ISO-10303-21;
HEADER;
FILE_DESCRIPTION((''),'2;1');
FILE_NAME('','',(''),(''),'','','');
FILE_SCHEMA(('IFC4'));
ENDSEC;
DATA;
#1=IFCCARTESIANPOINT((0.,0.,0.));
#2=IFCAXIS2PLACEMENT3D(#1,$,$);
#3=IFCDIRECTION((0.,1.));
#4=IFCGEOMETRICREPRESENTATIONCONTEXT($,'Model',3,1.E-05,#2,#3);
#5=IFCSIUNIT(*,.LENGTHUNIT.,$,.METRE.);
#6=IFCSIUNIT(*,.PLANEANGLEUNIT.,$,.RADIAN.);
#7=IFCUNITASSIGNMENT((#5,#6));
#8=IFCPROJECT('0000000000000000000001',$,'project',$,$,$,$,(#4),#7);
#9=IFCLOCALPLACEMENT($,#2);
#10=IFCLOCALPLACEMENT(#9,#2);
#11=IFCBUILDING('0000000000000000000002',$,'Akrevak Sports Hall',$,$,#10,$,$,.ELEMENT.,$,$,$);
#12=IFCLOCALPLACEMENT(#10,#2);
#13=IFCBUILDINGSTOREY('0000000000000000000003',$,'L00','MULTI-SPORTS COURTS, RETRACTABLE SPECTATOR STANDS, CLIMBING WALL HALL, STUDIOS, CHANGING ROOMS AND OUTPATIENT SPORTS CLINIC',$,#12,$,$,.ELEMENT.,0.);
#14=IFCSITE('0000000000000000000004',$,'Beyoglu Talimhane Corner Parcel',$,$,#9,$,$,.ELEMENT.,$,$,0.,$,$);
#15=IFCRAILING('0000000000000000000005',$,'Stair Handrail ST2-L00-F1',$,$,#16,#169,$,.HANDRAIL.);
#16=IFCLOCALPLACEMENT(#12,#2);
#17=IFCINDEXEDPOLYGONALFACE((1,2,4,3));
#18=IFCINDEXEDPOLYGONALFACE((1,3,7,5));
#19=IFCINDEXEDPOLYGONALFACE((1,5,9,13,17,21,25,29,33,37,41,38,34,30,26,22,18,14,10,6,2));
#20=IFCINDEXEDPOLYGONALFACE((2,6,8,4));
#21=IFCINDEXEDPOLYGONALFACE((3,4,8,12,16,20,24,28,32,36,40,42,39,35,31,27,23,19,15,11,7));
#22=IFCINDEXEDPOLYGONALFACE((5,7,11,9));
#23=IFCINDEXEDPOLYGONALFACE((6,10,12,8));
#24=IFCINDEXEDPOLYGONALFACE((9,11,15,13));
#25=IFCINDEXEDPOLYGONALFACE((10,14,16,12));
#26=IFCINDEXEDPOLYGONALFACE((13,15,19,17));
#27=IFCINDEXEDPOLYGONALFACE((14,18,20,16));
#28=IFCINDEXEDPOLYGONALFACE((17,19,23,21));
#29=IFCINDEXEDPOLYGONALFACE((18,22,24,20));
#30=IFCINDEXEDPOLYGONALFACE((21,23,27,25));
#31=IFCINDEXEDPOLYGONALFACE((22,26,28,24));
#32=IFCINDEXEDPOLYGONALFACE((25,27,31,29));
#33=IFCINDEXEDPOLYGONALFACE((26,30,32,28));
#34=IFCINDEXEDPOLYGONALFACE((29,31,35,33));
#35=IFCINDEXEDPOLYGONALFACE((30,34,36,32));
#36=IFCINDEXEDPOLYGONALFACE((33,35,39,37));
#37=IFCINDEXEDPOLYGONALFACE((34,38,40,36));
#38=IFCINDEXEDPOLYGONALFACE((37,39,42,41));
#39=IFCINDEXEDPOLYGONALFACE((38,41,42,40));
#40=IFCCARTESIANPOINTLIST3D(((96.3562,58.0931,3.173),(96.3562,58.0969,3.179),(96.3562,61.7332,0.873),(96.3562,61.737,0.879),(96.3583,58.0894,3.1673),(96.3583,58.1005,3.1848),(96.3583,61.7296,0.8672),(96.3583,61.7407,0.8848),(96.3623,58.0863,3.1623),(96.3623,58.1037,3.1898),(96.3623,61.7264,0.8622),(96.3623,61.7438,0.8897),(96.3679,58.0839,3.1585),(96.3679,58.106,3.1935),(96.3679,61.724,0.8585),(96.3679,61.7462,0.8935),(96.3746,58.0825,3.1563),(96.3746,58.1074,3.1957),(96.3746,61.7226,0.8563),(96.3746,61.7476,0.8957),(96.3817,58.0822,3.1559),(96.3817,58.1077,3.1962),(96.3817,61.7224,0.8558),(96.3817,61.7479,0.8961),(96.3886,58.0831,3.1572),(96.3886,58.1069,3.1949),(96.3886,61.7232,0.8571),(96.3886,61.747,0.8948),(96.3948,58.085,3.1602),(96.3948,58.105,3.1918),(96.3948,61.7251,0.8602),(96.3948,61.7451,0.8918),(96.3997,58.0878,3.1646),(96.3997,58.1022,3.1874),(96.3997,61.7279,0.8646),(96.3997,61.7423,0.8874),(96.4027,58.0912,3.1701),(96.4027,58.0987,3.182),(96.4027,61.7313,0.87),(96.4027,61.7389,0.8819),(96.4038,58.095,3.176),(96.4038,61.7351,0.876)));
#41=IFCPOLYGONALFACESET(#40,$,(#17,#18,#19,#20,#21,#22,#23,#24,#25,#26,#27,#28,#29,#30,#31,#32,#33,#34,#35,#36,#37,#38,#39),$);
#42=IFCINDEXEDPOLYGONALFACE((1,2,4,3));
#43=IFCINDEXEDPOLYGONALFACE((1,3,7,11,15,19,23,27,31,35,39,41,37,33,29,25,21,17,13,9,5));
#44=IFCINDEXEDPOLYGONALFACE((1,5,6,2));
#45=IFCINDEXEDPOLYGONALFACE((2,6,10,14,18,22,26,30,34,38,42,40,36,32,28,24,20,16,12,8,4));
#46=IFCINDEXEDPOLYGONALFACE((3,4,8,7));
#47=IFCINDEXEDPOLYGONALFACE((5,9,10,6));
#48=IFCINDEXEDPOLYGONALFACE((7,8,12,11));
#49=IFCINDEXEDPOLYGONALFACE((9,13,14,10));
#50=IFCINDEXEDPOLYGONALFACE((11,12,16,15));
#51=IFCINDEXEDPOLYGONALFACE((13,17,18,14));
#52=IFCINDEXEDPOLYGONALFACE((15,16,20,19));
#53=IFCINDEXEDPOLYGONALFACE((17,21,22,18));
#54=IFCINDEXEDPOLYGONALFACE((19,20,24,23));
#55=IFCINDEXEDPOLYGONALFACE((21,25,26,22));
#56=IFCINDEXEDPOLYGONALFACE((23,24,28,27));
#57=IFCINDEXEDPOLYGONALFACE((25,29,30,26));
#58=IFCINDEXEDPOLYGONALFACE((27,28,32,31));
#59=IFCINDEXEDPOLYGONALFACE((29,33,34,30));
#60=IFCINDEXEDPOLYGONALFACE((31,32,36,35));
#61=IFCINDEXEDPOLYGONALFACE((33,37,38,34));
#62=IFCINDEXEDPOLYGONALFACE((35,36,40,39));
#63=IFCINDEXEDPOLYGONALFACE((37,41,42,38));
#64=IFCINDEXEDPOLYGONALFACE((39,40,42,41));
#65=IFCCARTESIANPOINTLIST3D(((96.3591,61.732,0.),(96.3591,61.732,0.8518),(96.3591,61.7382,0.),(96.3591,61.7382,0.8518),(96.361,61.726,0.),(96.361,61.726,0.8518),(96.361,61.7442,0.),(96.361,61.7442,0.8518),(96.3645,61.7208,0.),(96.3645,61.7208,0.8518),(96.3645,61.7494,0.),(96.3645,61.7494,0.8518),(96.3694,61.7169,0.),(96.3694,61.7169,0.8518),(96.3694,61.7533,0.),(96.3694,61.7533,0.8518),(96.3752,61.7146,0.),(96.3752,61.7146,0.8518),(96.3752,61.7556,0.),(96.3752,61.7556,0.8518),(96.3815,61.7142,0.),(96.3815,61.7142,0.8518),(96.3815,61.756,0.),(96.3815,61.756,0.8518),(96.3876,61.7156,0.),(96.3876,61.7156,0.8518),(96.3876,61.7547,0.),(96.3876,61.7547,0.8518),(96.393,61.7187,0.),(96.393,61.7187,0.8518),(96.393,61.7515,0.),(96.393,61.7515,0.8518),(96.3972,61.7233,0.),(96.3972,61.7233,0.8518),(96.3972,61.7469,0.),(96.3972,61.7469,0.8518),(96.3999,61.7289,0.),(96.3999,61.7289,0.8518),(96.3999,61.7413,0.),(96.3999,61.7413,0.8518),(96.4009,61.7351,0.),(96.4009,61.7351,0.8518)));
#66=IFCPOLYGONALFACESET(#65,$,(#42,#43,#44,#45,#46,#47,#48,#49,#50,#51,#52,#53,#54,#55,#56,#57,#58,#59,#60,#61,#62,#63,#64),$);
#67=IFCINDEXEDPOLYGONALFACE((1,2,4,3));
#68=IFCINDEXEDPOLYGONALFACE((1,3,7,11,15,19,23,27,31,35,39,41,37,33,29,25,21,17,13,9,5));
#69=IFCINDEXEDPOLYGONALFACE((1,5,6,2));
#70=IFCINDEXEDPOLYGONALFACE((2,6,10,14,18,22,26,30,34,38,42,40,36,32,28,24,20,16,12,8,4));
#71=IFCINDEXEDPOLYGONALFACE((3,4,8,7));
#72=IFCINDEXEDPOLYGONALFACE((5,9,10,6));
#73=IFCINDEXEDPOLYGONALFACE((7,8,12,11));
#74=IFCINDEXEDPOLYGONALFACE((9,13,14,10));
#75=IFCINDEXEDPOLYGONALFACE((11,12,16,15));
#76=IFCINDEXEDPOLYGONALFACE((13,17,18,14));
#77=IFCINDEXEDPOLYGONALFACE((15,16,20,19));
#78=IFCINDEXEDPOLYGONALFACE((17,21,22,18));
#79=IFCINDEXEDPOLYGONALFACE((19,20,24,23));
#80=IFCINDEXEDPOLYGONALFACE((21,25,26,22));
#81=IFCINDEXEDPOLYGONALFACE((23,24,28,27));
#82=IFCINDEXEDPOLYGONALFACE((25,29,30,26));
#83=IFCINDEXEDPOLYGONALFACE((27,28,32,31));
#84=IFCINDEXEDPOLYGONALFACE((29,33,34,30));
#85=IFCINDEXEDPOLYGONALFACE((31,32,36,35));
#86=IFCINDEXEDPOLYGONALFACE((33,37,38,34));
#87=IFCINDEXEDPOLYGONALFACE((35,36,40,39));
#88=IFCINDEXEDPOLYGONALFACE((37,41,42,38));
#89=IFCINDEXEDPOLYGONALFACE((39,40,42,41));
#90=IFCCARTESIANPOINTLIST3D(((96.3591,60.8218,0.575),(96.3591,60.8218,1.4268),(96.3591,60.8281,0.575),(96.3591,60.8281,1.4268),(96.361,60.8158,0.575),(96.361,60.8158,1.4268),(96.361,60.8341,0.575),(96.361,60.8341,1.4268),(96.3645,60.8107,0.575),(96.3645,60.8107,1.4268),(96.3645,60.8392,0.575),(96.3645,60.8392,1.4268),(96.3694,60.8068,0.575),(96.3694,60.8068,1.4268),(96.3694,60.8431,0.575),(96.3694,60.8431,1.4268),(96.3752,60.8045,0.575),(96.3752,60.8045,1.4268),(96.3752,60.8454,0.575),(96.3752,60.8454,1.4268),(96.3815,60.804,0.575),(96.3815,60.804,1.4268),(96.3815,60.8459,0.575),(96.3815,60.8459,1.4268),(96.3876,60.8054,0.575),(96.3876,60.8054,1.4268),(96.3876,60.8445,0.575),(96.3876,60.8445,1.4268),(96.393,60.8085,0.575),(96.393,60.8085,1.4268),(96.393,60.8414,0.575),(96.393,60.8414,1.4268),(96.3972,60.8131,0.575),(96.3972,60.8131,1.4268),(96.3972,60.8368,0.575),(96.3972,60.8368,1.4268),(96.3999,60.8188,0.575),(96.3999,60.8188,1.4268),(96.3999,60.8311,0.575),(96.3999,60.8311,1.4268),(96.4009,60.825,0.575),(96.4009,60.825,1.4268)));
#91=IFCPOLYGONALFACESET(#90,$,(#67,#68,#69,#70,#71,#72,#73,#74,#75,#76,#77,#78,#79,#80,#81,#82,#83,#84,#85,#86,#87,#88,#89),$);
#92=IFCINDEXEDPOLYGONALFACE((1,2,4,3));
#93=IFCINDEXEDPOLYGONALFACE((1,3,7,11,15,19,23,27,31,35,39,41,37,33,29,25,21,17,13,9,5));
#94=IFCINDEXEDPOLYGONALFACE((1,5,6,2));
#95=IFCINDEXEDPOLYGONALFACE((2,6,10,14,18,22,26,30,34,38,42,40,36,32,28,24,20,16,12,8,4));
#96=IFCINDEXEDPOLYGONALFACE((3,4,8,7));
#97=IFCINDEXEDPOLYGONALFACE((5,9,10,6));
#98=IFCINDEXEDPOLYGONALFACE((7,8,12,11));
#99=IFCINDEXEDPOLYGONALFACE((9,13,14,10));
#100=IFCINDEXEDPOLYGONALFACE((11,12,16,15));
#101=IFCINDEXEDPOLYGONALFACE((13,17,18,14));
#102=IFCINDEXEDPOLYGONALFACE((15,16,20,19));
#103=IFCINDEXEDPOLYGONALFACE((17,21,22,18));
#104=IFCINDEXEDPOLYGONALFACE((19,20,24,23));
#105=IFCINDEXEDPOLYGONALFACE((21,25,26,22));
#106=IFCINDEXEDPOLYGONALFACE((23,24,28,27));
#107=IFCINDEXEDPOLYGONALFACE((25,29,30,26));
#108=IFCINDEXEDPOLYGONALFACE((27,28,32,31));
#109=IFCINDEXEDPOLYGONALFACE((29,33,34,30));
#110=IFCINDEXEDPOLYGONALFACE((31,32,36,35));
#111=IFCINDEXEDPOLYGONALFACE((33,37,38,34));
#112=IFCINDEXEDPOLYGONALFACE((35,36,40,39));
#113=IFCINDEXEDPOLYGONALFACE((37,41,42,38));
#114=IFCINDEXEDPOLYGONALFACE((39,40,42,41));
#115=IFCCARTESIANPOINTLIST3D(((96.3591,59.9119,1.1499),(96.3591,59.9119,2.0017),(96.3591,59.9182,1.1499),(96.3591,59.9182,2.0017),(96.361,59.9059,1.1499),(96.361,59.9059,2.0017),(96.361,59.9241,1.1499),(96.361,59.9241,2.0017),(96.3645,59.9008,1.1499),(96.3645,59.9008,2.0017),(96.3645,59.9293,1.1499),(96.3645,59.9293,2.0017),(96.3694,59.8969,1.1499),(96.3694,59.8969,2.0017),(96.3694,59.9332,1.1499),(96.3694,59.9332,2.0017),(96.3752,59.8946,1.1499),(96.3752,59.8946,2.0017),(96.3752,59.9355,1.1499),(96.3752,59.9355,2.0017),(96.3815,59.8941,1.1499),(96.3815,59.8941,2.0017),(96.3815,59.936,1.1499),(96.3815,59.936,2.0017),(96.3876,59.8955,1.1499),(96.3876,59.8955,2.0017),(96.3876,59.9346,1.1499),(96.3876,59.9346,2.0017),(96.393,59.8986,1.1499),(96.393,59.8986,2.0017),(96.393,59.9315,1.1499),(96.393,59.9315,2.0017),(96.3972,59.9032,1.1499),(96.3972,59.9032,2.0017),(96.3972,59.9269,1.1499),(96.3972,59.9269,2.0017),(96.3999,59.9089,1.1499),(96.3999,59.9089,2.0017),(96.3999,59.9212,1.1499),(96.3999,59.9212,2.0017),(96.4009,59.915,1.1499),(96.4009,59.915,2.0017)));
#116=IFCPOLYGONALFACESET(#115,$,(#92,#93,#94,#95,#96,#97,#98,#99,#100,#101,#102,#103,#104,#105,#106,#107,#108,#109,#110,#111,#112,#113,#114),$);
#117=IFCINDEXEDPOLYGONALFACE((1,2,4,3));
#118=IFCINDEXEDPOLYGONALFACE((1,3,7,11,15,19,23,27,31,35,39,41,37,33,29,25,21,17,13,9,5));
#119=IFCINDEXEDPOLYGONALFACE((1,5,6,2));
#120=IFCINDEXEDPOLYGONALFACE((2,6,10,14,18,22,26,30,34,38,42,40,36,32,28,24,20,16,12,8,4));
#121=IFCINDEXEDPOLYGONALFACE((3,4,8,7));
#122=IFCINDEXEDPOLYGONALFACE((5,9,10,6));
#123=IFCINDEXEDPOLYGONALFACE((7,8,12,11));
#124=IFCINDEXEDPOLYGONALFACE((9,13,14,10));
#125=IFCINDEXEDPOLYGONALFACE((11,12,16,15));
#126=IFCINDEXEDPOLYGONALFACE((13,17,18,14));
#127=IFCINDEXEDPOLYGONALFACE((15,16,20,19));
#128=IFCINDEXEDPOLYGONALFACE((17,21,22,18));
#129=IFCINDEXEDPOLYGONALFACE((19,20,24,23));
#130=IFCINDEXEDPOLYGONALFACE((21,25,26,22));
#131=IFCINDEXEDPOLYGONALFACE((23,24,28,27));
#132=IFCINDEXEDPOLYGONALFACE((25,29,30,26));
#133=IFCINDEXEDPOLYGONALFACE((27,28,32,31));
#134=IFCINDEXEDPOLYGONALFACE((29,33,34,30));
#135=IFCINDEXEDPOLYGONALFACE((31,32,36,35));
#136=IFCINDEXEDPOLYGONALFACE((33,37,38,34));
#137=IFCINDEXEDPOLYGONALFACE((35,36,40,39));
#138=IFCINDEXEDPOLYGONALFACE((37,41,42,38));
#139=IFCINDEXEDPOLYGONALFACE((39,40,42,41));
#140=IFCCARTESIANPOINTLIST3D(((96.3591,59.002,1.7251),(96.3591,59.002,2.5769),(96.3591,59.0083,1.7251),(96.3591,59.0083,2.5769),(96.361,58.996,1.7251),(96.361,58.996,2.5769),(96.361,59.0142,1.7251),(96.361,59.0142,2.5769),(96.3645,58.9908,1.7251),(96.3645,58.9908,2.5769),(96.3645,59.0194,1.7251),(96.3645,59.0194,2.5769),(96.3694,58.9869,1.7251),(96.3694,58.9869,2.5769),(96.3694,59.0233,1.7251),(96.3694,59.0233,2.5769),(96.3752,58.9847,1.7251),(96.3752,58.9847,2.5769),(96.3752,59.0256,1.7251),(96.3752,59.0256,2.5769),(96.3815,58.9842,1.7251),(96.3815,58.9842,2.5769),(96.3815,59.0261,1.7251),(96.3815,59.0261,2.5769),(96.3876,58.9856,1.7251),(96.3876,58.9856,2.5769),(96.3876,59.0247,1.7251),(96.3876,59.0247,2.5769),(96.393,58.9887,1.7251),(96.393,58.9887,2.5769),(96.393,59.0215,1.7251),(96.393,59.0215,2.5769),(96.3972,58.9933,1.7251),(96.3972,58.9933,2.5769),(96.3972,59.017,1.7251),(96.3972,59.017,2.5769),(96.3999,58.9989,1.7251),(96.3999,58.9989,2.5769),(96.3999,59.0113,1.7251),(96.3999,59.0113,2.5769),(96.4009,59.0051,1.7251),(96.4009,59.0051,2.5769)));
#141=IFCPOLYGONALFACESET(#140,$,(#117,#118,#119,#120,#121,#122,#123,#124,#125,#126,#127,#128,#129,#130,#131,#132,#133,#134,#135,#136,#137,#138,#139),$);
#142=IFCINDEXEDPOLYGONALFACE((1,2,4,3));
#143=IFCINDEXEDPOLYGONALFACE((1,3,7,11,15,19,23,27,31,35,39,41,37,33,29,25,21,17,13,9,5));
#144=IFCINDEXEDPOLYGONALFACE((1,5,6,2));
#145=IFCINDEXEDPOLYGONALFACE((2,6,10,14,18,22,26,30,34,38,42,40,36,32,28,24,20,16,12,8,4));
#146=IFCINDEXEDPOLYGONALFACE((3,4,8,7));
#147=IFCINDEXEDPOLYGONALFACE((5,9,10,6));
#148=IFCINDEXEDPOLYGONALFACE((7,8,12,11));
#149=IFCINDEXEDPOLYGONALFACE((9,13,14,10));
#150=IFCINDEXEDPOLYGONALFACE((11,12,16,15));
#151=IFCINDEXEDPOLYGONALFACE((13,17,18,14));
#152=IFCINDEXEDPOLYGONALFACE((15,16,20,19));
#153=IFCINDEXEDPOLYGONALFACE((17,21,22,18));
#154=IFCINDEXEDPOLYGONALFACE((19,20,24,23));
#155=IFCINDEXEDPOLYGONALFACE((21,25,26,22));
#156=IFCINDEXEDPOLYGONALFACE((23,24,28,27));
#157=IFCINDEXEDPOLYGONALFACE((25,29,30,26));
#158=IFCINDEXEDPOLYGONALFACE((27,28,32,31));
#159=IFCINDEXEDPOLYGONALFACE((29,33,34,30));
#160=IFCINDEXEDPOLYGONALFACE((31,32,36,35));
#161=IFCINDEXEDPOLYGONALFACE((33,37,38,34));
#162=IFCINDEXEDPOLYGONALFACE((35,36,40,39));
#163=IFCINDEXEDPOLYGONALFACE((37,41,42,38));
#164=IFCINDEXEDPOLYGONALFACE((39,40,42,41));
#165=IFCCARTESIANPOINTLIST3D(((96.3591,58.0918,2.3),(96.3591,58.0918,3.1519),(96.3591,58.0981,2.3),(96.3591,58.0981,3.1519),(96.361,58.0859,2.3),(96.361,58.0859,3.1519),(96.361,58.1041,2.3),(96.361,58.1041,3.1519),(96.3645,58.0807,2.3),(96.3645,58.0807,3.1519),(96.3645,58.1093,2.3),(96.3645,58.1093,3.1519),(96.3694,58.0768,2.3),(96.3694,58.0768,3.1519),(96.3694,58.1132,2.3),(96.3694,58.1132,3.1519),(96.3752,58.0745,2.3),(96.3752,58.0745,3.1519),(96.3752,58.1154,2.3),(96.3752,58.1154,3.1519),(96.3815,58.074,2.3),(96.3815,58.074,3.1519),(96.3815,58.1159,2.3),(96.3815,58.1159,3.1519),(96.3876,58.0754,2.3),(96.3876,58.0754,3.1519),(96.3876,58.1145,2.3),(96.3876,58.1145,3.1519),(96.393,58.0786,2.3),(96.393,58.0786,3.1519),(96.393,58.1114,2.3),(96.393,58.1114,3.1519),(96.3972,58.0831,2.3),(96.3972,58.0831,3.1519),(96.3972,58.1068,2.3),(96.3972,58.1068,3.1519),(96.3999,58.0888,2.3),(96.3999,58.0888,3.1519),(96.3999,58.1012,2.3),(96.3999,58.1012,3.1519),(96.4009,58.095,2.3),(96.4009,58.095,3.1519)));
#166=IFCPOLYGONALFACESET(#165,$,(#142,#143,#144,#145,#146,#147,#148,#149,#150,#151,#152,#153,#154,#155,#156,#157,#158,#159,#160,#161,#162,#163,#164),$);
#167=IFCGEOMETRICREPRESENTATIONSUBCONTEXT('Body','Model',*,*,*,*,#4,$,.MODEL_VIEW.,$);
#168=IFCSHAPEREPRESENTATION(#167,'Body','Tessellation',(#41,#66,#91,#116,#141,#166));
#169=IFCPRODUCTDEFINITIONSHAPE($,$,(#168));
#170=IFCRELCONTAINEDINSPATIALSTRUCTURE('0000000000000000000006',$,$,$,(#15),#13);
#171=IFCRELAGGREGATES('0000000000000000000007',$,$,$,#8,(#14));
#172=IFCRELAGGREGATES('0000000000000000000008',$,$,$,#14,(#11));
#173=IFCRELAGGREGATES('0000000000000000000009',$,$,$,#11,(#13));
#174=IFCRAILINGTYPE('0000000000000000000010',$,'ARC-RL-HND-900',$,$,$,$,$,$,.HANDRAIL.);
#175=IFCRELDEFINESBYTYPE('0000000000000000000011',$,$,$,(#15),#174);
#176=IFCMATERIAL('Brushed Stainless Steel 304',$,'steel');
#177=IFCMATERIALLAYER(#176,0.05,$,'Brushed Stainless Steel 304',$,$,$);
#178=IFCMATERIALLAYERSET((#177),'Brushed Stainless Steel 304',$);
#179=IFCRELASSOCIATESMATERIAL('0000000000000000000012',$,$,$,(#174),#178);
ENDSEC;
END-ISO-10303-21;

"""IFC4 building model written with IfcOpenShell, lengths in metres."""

from ifc_helpers import new_model, si_unit, direction, frame, origin, origin_2d, place, context, subcontext, project, spatial, circle, extrude, material, layer, layer_set, type_object, element, save


model = new_model("IFC4")

# Units and contexts
model_context = context("Model", 3, precision=1e-05, world=origin(), true_north=direction((0.0, 1.0)))
body_context = subcontext(model_context, "Body", "Model", "MODEL_VIEW")
ifc_project = project(units=[si_unit("LENGTHUNIT", "METRE"), si_unit("PLANEANGLEUNIT", "RADIAN")], contexts=[model_context])

# Site, building, storey
site_placement = place(None, origin())
site = spatial("IfcSite", under=ifc_project, at=site_placement, Name="Beyoglu Talimhane Corner Parcel", CompositionType="ELEMENT", RefElevation=0.0)
building_placement = place(site_placement, origin())
building = spatial("IfcBuilding", under=site, at=building_placement, Name="Akrevak Sports Hall", CompositionType="ELEMENT")
storey_placement = place(building_placement, origin())
storey = spatial("IfcBuildingStorey", under=building, at=storey_placement, Name="L00", Description="MULTI-SPORTS COURTS, RETRACTABLE SPECTATOR STANDS, CLIMBING WALL HALL, STUDIOS, CHANGING ROOMS AND OUTPATIENT SPORTS CLINIC", CompositionType="ELEMENT", Elevation=0.0)

# Shared definitions
ifc_material_1 = material(Name="Brushed Stainless Steel 304", Category="steel")

# Railing
ifc_layer_1 = layer(ifc_material_1, 0.05, Name="Brushed Stainless Steel 304")
ifc_layer_set_1 = layer_set([ifc_layer_1], Name="Brushed Stainless Steel 304")
railing_type_1 = type_object("IfcRailingType", Name="ARC-RL-HND-900", PredefinedType="HANDRAIL", material=ifc_layer_set_1)
railing_1_placement = place(storey_placement, frame((96.3799, 61.7351, 0.0)))
element("IfcRailing", 1, at=railing_1_placement, inside=storey, type_object=railing_type_1, Name="Stair Handrail ST2-L00-F1", PredefinedType="HANDRAIL", context=body_context, shape_type="SweptSolid", body=[
    extrude(circle(Radius=0.0239, at=origin_2d()), frame((0.0, 0.0, 0.876), z_axis=(0.0, -0.845382, 0.534162), x_axis=(1.0, 0.0, 0.0)), (0.0, 0.0, 1.0), 4.3059),
    extrude(circle(Radius=0.021, at=origin_2d()), origin(), (0.0, 0.0, 1.0), 0.8518),
    extrude(circle(Radius=0.021, at=origin_2d()), frame((0.0, -0.9102, 0.575)), (0.0, 0.0, 1.0), 0.8518),
    extrude(circle(Radius=0.021, at=origin_2d()), frame((0.0, -1.8201, 1.1499)), (0.0, 0.0, 1.0), 0.8518),
    extrude(circle(Radius=0.021, at=origin_2d()), frame((0.0, -2.73, 1.7251)), (0.0, 0.0, 1.0), 0.8518),
    extrude(circle(Radius=0.021, at=origin_2d()), frame((0.0, -3.6401, 2.3)), (0.0, 0.0, 1.0), 0.8518),
])

save(model, "model.ifc")
